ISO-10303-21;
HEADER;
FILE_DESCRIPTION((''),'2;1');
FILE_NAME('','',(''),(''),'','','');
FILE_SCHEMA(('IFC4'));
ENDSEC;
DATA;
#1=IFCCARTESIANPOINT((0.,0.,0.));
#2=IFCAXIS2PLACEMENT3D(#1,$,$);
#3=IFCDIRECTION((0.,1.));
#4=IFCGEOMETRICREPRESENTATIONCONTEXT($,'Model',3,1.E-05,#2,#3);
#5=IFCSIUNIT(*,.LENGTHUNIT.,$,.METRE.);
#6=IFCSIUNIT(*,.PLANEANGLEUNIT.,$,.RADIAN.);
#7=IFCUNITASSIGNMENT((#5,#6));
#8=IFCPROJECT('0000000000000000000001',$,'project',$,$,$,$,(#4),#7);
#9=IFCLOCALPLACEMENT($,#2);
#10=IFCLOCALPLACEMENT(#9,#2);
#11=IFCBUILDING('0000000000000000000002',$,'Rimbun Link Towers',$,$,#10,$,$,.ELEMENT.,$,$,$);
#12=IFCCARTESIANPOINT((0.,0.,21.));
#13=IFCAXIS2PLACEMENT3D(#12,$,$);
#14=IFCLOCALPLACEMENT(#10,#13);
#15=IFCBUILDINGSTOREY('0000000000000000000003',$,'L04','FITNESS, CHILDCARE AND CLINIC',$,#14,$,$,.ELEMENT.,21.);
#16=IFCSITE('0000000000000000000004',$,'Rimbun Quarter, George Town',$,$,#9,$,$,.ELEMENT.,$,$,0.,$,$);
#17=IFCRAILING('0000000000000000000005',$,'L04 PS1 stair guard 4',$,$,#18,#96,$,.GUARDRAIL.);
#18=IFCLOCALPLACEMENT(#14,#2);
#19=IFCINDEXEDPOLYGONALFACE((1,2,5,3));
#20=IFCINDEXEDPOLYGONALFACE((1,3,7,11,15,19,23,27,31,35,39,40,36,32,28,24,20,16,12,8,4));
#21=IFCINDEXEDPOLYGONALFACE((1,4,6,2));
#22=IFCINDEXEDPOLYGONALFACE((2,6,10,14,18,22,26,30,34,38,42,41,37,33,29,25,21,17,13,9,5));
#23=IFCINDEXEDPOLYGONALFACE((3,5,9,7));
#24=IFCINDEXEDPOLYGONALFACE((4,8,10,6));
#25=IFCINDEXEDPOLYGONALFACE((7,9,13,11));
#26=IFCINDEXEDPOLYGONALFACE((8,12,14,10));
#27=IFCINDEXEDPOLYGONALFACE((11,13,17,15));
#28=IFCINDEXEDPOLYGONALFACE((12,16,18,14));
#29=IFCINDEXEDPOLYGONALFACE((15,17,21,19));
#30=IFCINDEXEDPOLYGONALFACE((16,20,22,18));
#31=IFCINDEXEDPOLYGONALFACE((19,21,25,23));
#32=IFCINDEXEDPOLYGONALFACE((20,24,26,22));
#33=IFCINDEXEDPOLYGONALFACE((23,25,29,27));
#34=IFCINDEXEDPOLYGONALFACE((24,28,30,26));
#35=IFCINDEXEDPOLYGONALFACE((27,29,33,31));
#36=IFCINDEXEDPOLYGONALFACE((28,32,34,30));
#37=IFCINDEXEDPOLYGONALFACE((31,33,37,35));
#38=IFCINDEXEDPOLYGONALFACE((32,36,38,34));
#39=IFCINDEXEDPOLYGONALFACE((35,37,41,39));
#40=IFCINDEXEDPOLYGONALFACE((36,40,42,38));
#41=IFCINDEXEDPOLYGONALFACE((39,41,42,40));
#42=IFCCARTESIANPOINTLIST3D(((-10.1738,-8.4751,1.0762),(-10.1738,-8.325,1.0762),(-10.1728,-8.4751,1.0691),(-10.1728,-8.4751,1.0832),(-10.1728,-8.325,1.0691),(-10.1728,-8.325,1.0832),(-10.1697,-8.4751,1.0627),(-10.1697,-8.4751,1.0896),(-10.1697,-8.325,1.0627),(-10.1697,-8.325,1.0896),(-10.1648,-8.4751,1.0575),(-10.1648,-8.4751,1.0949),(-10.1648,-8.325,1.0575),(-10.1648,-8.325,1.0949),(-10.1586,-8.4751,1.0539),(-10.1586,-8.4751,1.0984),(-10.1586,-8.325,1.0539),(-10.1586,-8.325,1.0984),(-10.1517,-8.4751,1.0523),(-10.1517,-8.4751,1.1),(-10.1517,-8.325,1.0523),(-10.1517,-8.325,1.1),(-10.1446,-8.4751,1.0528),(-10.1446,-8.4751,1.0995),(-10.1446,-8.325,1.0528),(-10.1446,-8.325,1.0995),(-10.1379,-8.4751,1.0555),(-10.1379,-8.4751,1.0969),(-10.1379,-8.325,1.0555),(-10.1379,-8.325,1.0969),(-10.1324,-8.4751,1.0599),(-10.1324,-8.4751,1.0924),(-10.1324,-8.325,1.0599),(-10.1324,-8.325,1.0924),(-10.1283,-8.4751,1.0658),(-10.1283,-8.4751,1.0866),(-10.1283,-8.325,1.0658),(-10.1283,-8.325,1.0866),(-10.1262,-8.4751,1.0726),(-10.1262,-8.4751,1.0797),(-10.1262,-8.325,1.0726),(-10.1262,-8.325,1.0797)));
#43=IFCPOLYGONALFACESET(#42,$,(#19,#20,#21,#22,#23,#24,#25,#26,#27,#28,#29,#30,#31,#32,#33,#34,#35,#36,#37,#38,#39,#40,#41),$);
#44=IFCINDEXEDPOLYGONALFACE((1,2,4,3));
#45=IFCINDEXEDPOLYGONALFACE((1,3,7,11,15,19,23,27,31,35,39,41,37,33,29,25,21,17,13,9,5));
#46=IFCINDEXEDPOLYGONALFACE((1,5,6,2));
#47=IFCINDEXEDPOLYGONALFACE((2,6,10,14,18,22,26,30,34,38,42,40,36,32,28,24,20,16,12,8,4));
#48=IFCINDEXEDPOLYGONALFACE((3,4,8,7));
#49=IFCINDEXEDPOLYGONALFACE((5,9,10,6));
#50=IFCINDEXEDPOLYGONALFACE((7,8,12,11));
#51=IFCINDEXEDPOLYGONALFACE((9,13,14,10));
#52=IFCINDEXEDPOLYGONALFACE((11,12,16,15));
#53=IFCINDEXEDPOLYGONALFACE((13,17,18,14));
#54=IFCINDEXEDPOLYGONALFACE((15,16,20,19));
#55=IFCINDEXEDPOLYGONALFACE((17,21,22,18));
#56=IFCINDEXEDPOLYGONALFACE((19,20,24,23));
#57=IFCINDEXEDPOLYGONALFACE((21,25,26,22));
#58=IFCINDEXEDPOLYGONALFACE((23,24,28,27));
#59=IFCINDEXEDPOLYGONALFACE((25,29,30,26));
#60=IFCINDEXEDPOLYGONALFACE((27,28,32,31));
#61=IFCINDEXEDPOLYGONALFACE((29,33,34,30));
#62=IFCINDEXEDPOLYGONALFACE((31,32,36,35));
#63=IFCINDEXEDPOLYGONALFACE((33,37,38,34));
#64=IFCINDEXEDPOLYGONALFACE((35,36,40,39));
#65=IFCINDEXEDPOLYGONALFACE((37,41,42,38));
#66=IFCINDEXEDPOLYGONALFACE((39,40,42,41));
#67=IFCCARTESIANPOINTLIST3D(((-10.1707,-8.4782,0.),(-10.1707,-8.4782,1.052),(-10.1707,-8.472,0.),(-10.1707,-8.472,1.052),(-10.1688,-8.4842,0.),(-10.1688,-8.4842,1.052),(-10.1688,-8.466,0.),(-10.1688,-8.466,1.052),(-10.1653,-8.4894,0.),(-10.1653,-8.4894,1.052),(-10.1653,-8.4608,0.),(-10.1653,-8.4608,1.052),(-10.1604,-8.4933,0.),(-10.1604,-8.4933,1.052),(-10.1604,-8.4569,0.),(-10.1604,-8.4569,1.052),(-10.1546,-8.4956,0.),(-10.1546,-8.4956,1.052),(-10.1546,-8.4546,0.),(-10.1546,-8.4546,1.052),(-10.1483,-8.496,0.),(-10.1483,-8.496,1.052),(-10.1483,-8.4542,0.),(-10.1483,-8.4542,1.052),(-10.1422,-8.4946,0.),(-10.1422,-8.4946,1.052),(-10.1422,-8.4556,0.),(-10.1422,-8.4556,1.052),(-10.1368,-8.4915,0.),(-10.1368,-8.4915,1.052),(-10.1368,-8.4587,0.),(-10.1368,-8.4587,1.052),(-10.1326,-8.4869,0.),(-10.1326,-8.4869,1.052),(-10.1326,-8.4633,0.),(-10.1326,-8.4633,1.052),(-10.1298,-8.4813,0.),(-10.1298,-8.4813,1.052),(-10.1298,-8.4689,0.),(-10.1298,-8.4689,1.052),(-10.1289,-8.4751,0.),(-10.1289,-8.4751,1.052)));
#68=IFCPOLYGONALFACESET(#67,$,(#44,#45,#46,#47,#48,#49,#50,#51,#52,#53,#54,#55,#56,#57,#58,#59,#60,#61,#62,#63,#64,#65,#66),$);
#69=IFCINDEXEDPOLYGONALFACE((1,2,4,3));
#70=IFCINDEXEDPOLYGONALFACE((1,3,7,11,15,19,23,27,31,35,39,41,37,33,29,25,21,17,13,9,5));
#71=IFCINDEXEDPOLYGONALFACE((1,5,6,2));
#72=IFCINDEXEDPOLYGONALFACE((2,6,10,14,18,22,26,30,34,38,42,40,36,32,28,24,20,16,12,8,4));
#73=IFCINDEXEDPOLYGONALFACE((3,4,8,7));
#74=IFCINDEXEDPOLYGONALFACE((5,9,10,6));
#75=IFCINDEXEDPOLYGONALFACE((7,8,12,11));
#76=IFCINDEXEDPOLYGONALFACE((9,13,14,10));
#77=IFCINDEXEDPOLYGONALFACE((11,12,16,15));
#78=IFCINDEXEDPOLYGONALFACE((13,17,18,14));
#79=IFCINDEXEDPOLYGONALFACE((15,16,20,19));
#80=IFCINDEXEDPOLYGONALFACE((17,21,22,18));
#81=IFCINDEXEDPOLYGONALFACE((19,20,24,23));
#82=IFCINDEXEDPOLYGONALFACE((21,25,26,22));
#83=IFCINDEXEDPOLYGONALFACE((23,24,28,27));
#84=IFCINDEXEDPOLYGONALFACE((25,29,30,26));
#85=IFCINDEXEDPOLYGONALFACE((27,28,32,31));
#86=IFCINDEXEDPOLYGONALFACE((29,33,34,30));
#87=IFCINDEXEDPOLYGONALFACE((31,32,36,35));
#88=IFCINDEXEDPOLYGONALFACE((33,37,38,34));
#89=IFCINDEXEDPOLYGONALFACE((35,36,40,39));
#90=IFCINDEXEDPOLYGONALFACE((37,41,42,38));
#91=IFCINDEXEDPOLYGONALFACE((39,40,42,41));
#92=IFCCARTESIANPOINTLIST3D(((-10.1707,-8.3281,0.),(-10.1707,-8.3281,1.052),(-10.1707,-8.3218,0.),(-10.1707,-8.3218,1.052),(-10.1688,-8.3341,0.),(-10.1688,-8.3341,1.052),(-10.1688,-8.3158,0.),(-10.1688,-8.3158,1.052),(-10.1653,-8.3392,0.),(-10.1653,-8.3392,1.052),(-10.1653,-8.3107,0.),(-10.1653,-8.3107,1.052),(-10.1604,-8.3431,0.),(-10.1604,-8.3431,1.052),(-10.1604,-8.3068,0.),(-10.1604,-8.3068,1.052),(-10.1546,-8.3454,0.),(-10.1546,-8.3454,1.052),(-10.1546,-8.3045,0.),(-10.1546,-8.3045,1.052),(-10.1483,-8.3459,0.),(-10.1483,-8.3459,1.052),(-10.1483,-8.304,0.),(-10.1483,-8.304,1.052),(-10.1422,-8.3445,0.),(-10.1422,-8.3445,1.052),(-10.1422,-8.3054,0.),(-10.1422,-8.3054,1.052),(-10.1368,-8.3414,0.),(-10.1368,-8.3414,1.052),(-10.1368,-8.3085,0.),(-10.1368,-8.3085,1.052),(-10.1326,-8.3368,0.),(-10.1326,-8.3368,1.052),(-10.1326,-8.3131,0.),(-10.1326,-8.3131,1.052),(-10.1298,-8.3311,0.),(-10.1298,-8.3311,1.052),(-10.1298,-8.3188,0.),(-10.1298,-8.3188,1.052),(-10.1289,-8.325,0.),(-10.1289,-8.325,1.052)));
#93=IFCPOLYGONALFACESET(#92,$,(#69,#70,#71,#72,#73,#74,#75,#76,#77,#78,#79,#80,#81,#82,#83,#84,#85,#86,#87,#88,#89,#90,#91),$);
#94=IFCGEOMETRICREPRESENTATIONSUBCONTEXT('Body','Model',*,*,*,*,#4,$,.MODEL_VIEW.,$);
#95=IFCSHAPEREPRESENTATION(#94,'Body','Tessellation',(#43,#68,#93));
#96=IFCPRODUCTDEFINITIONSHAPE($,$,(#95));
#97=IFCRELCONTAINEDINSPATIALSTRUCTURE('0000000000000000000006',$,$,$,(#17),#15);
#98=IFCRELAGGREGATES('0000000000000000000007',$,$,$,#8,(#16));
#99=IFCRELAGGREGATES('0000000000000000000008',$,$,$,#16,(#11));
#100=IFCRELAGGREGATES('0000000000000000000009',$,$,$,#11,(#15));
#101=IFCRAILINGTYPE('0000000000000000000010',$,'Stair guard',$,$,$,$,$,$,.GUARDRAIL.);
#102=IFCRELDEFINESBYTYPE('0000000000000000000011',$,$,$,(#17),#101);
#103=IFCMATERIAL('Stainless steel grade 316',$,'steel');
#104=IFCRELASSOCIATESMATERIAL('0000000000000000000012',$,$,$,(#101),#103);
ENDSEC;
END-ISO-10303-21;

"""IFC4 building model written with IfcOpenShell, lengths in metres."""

from ifc_helpers import new_model, si_unit, direction, frame, origin, origin_2d, place, context, subcontext, project, spatial, circle, extrude, material, type_object, element, save


model = new_model("IFC4")

# Units and contexts
model_context = context("Model", 3, precision=1e-05, world=origin(), true_north=direction((0.0, 1.0)))
body_context = subcontext(model_context, "Body", "Model", "MODEL_VIEW")
ifc_project = project(units=[si_unit("LENGTHUNIT", "METRE"), si_unit("PLANEANGLEUNIT", "RADIAN")], contexts=[model_context])

# Site, building, storey
site_placement = place(None, origin())
site = spatial("IfcSite", under=ifc_project, at=site_placement, Name="Rimbun Quarter, George Town", CompositionType="ELEMENT", RefElevation=0.0)
building_placement = place(site_placement, origin())
building = spatial("IfcBuilding", under=site, at=building_placement, Name="Rimbun Link Towers", CompositionType="ELEMENT")
storey_placement = place(building_placement, frame((0.0, 0.0, 21.0)))
storey = spatial("IfcBuildingStorey", under=building, at=storey_placement, Name="L04", Description="FITNESS, CHILDCARE AND CLINIC", CompositionType="ELEMENT", Elevation=21.0)

# Railing
ifc_material_1 = material(Name="Stainless steel grade 316", Category="steel")
railing_type_1 = type_object("IfcRailingType", Name="Stair guard", PredefinedType="GUARDRAIL", material=ifc_material_1)
railing_1_placement = place(storey_placement, frame((-10.1499, -8.4751, 0.0)))
element("IfcRailing", 1, at=railing_1_placement, inside=storey, type_object=railing_type_1, Name="L04 PS1 stair guard 4", PredefinedType="GUARDRAIL", context=body_context, shape_type="SweptSolid", body=[
    extrude(circle(Radius=0.0239, at=origin_2d()), frame((0.0, 0.0, 1.0762), z_axis=(0.0, 1.0, 0.0), x_axis=(-1.0, 0.0, 0.0)), (0.0, 0.0, 1.0), 0.1501),
    extrude(circle(Radius=0.021, at=origin_2d()), origin(), (0.0, 0.0, 1.0), 1.052),
    extrude(circle(Radius=0.021, at=origin_2d()), frame((0.0, 0.1501, 0.0)), (0.0, 0.0, 1.0), 1.052),
])

save(model, "model.ifc")
